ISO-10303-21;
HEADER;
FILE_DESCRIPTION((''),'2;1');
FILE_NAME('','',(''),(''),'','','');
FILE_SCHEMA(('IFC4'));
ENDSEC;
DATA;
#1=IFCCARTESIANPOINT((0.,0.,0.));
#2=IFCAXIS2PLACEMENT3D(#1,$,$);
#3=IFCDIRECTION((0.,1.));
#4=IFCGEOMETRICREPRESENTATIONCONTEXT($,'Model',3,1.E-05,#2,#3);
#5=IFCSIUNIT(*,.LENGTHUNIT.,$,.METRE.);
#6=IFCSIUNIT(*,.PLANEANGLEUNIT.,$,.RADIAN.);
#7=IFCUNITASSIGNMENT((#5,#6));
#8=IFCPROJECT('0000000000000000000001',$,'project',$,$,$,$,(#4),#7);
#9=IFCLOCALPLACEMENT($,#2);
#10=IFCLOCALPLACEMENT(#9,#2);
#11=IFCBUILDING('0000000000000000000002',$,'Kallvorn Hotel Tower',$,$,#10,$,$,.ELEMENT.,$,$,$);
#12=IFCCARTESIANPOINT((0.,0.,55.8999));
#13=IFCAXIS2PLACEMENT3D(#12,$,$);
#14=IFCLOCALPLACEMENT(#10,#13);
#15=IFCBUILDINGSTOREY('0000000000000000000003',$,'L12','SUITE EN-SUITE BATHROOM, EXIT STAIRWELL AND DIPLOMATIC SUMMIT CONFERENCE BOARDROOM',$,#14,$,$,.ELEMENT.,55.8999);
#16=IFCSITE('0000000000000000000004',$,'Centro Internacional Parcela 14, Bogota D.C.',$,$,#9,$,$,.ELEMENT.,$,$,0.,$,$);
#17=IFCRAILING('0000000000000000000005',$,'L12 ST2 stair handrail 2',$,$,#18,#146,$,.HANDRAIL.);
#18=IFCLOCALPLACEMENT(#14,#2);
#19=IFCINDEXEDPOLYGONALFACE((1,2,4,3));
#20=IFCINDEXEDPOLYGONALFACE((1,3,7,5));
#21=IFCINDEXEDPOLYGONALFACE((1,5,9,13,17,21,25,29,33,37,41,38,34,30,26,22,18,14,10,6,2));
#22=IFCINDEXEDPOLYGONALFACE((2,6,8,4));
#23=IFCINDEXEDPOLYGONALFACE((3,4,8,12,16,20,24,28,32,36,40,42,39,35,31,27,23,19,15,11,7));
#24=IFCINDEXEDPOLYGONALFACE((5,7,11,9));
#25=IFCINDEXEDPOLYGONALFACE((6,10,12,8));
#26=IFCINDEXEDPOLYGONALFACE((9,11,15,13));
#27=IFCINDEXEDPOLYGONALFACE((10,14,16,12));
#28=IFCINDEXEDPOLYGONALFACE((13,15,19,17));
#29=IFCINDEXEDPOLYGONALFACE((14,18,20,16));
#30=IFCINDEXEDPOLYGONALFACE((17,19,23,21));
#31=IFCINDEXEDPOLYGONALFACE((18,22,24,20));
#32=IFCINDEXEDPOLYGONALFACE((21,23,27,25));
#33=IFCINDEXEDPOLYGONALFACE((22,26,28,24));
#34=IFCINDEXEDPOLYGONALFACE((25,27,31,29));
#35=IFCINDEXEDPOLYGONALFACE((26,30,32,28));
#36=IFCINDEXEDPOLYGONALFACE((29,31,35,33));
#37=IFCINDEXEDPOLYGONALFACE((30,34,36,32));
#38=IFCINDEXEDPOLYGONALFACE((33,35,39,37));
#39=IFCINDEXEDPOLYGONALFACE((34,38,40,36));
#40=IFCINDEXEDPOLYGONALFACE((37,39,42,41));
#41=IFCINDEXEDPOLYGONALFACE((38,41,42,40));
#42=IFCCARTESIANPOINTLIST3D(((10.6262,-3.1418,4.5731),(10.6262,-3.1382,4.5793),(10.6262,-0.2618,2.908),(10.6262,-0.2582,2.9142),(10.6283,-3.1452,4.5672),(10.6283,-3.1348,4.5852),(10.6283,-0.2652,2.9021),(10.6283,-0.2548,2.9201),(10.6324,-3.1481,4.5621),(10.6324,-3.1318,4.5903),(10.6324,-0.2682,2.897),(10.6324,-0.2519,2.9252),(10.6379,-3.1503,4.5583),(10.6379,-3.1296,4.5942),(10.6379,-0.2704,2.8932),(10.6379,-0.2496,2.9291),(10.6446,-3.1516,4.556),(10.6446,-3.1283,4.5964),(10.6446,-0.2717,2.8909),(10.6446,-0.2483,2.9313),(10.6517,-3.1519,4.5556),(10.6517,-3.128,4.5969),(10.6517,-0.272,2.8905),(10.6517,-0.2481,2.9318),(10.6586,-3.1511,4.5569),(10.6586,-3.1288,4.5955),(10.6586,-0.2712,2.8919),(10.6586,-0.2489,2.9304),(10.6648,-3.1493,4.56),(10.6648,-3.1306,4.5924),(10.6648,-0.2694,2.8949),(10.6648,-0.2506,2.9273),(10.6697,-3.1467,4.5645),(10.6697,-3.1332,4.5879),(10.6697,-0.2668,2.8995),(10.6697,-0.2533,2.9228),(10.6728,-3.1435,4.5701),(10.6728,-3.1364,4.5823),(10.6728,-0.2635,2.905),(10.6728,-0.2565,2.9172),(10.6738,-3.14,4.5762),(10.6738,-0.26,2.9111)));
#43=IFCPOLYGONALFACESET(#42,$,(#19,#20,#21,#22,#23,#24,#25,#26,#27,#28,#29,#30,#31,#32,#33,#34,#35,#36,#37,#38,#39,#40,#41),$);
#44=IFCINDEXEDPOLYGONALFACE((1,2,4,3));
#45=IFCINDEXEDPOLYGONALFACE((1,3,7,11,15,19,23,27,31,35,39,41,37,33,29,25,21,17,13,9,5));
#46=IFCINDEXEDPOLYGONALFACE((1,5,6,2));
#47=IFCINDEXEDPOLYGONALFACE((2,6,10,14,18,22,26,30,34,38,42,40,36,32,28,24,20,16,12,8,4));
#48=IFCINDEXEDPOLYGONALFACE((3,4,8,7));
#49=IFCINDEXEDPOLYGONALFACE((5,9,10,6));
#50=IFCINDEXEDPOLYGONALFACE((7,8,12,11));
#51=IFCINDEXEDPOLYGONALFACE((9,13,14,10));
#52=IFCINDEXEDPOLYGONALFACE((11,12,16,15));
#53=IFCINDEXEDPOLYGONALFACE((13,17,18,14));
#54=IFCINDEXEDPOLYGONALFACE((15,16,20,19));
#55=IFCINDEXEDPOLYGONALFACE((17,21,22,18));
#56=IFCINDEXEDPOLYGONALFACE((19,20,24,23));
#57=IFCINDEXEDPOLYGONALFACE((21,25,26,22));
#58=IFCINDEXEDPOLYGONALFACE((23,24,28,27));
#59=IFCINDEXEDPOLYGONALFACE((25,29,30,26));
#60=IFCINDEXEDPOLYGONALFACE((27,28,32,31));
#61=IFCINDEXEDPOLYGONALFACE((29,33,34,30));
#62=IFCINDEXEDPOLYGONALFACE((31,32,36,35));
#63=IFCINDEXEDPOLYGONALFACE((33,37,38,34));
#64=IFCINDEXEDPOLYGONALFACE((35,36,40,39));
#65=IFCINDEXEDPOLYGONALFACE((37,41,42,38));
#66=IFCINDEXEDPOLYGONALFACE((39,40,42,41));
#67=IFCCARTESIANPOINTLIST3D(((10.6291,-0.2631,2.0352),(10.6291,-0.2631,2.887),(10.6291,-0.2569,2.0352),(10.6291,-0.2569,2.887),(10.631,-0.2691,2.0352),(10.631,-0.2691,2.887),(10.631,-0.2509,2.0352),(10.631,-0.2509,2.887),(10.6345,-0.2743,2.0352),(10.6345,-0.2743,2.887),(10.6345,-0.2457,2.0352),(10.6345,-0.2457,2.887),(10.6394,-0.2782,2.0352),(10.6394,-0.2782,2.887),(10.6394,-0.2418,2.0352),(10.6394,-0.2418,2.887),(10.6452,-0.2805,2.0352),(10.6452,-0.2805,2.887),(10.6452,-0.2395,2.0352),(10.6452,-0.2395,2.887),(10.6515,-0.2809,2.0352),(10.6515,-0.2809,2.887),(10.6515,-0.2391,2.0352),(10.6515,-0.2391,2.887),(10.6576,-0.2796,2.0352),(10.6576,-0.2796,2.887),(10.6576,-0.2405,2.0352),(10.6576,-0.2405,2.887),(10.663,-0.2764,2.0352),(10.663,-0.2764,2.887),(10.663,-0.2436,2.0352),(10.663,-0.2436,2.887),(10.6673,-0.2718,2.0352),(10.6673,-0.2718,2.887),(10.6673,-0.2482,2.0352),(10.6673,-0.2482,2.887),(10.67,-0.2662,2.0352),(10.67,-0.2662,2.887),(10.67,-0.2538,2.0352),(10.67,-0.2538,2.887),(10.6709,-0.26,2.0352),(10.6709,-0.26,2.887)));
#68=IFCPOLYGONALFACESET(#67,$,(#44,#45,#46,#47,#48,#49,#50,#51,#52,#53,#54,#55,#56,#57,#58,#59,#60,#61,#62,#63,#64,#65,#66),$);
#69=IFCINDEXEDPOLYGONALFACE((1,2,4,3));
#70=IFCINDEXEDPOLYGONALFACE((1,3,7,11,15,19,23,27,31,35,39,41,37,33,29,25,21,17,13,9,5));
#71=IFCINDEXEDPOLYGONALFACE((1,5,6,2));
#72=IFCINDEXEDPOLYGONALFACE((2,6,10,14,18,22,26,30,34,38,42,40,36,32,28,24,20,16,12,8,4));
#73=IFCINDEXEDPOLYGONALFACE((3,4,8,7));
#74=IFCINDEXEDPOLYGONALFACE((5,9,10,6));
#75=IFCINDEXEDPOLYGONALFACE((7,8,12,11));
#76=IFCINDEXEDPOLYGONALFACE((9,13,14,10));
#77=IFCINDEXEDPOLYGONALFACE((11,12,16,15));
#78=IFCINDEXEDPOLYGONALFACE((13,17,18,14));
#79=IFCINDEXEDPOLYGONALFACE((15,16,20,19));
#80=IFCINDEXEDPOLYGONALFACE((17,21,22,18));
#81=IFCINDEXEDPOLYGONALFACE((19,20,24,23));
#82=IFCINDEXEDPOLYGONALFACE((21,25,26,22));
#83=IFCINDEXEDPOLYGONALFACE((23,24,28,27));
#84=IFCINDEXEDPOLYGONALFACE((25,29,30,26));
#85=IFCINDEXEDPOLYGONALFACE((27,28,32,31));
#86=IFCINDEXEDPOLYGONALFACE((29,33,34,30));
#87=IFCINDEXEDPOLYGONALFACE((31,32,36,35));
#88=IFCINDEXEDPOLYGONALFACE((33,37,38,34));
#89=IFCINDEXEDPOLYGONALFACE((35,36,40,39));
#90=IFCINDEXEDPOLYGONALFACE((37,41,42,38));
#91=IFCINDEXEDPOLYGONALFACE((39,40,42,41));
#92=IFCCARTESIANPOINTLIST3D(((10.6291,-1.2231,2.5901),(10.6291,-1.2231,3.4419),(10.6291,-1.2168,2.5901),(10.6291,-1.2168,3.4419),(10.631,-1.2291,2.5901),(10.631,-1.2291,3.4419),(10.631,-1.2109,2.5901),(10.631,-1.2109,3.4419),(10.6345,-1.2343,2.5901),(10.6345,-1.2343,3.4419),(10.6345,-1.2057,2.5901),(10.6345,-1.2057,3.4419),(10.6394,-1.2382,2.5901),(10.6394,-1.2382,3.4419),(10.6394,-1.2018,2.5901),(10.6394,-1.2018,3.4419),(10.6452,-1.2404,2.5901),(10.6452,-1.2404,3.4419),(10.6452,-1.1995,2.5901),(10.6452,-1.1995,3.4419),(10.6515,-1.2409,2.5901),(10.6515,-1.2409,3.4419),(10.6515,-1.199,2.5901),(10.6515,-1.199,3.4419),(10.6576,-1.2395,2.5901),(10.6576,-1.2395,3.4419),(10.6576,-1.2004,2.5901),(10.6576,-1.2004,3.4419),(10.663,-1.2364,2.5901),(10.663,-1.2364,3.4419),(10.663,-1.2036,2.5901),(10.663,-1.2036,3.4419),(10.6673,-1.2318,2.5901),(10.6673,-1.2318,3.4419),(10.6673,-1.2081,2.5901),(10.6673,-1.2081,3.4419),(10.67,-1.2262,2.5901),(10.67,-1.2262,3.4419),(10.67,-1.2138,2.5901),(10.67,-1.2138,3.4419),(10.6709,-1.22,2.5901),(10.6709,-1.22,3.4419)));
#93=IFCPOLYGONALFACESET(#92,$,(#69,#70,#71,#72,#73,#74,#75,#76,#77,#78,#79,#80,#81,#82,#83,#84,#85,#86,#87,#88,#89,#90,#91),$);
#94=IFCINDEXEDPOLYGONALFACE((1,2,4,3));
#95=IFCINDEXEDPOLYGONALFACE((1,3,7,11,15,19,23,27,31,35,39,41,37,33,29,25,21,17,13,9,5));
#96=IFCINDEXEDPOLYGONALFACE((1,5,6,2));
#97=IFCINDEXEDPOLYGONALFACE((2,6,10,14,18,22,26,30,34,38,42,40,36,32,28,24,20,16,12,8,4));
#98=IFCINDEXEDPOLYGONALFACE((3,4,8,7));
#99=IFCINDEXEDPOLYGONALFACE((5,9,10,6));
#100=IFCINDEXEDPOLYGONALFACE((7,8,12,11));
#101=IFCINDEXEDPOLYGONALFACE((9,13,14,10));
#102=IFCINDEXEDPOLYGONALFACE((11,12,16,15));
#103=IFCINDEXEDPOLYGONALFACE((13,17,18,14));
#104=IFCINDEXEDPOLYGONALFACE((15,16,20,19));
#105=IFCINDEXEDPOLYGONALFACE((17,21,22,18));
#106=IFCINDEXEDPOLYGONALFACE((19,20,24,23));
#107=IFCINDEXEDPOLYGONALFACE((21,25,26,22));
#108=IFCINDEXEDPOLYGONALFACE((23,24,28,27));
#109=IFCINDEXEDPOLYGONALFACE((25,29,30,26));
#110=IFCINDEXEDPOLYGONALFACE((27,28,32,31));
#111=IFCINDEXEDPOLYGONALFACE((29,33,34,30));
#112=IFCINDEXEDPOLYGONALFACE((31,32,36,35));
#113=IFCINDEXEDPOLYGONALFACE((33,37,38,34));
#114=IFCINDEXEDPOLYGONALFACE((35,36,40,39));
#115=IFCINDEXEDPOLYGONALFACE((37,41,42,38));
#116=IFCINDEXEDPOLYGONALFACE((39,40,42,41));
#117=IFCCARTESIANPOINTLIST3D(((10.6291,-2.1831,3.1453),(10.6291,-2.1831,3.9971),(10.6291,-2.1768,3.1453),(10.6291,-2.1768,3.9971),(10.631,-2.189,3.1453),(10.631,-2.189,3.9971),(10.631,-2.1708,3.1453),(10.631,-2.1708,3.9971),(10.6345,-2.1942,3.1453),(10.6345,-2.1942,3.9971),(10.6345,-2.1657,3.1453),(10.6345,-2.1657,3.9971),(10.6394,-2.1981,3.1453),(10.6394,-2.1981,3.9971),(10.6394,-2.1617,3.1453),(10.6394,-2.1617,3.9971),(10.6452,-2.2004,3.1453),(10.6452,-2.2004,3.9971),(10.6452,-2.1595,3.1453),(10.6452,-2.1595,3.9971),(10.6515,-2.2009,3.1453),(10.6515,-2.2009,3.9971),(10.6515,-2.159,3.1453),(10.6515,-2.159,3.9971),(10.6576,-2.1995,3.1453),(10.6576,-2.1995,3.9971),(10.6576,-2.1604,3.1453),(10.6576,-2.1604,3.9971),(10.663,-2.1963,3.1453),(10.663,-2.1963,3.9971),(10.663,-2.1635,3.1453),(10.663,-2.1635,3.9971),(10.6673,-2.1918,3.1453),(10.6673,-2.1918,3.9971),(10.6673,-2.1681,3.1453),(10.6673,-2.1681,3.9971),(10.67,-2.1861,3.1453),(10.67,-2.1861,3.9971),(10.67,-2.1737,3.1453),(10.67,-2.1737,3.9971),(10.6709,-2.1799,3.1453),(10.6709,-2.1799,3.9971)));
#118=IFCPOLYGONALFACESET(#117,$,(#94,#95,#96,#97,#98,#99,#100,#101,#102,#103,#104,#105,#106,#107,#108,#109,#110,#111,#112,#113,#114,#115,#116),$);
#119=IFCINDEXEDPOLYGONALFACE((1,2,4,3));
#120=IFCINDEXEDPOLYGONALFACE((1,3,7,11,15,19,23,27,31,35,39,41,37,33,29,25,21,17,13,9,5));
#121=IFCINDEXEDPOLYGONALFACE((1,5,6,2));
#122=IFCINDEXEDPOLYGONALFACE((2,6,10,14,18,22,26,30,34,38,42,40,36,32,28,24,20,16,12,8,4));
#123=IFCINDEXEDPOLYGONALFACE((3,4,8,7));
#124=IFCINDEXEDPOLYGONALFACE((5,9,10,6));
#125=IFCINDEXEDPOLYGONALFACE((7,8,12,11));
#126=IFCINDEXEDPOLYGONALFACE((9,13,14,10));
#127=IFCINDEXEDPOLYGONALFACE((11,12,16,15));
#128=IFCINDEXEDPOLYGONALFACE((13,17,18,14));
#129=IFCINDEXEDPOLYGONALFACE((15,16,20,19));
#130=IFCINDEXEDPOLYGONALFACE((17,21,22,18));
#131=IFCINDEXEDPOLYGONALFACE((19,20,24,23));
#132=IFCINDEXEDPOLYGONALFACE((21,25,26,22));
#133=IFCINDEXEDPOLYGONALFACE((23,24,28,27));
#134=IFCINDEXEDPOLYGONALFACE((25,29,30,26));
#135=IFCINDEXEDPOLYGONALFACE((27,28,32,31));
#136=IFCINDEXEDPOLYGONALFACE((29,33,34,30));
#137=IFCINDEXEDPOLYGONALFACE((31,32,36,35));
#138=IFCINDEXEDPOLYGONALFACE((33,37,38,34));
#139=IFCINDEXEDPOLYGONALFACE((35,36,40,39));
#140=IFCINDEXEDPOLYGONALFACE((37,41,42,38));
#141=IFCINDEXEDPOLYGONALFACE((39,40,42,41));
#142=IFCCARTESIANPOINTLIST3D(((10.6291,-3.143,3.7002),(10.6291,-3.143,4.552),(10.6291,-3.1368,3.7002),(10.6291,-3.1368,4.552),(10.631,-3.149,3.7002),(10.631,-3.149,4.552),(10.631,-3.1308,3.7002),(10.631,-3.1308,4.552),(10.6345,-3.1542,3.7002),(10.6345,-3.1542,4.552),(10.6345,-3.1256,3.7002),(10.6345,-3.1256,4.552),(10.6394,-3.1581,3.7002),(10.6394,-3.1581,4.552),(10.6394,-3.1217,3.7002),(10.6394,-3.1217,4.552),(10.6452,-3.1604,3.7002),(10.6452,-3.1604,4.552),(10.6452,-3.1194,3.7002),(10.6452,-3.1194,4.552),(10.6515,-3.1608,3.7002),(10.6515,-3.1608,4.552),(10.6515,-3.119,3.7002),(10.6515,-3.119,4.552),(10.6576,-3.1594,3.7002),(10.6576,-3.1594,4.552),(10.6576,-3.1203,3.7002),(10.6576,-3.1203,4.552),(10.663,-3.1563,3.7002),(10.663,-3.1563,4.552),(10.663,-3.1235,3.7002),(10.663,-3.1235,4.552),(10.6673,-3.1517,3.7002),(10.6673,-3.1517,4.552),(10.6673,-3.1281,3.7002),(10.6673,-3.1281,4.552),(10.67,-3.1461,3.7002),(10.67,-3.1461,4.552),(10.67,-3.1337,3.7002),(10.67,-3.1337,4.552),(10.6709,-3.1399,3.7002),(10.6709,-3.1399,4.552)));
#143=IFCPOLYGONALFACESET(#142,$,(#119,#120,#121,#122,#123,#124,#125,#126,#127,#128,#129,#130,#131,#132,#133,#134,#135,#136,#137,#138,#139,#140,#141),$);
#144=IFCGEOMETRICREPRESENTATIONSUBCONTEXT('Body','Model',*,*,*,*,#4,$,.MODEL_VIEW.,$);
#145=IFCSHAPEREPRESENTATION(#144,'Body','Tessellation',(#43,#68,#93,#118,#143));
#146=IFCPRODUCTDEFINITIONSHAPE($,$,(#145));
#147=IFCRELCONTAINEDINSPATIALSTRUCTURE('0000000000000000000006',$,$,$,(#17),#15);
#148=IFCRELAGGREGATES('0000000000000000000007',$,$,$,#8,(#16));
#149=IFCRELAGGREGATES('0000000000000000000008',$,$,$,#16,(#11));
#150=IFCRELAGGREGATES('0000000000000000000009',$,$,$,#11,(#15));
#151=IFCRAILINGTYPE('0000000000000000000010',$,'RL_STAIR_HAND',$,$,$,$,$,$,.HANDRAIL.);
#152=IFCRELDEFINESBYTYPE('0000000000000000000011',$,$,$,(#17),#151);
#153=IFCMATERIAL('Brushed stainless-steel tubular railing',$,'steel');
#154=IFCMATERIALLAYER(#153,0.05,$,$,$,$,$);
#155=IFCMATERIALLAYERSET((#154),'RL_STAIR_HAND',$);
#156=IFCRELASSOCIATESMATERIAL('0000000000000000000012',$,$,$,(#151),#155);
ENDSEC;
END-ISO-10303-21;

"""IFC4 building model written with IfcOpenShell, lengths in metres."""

from ifc_helpers import new_model, si_unit, direction, frame, origin, origin_2d, place, context, subcontext, project, spatial, circle, extrude, material, layer, layer_set, type_object, element, save


model = new_model("IFC4")

# Units and contexts
model_context = context("Model", 3, precision=1e-05, world=origin(), true_north=direction((0.0, 1.0)))
body_context = subcontext(model_context, "Body", "Model", "MODEL_VIEW")
ifc_project = project(units=[si_unit("LENGTHUNIT", "METRE"), si_unit("PLANEANGLEUNIT", "RADIAN")], contexts=[model_context])

# Site, building, storey
site_placement = place(None, origin())
site = spatial("IfcSite", under=ifc_project, at=site_placement, Name="Centro Internacional Parcela 14, Bogota D.C.", CompositionType="ELEMENT", RefElevation=0.0)
building_placement = place(site_placement, origin())
building = spatial("IfcBuilding", under=site, at=building_placement, Name="Kallvorn Hotel Tower", CompositionType="ELEMENT")
storey_placement = place(building_placement, frame((0.0, 0.0, 55.8999)))
storey = spatial("IfcBuildingStorey", under=building, at=storey_placement, Name="L12", Description="SUITE EN-SUITE BATHROOM, EXIT STAIRWELL AND DIPLOMATIC SUMMIT CONFERENCE BOARDROOM", CompositionType="ELEMENT", Elevation=55.8999)

# Railing
ifc_material_1 = material(Name="Brushed stainless-steel tubular railing", Category="steel")
ifc_layer_1 = layer(ifc_material_1, 0.05)
ifc_layer_set_1 = layer_set([ifc_layer_1], Name="RL_STAIR_HAND")
railing_type_1 = type_object("IfcRailingType", Name="RL_STAIR_HAND", PredefinedType="HANDRAIL", material=ifc_layer_set_1)
railing_1_placement = place(storey_placement, frame((10.6499, -0.26, 2.0352)))
element("IfcRailing", 1, at=railing_1_placement, inside=storey, type_object=railing_type_1, Name="L12 ST2 stair handrail 2", PredefinedType="HANDRAIL", context=body_context, shape_type="SweptSolid", body=[
    extrude(circle(Radius=0.0239, at=origin_2d()), frame((0.0, 0.0, 0.876), z_axis=(0.0, -0.865721, 0.500527), x_axis=(1.0, 0.0, 0.0)), (0.0, 0.0, 1.0), 3.3267),
    extrude(circle(Radius=0.021, at=origin_2d()), origin(), (0.0, 0.0, 1.0), 0.8518),
    extrude(circle(Radius=0.021, at=origin_2d()), frame((0.0, -0.96, 0.5549)), (0.0, 0.0, 1.0), 0.8518),
    extrude(circle(Radius=0.021, at=origin_2d()), frame((0.0, -1.9199, 1.1101)), (0.0, 0.0, 1.0), 0.8518),
    extrude(circle(Radius=0.021, at=origin_2d()), frame((0.0, -2.8799, 1.665)), (0.0, 0.0, 1.0), 0.8518),
])

save(model, "model.ifc")
